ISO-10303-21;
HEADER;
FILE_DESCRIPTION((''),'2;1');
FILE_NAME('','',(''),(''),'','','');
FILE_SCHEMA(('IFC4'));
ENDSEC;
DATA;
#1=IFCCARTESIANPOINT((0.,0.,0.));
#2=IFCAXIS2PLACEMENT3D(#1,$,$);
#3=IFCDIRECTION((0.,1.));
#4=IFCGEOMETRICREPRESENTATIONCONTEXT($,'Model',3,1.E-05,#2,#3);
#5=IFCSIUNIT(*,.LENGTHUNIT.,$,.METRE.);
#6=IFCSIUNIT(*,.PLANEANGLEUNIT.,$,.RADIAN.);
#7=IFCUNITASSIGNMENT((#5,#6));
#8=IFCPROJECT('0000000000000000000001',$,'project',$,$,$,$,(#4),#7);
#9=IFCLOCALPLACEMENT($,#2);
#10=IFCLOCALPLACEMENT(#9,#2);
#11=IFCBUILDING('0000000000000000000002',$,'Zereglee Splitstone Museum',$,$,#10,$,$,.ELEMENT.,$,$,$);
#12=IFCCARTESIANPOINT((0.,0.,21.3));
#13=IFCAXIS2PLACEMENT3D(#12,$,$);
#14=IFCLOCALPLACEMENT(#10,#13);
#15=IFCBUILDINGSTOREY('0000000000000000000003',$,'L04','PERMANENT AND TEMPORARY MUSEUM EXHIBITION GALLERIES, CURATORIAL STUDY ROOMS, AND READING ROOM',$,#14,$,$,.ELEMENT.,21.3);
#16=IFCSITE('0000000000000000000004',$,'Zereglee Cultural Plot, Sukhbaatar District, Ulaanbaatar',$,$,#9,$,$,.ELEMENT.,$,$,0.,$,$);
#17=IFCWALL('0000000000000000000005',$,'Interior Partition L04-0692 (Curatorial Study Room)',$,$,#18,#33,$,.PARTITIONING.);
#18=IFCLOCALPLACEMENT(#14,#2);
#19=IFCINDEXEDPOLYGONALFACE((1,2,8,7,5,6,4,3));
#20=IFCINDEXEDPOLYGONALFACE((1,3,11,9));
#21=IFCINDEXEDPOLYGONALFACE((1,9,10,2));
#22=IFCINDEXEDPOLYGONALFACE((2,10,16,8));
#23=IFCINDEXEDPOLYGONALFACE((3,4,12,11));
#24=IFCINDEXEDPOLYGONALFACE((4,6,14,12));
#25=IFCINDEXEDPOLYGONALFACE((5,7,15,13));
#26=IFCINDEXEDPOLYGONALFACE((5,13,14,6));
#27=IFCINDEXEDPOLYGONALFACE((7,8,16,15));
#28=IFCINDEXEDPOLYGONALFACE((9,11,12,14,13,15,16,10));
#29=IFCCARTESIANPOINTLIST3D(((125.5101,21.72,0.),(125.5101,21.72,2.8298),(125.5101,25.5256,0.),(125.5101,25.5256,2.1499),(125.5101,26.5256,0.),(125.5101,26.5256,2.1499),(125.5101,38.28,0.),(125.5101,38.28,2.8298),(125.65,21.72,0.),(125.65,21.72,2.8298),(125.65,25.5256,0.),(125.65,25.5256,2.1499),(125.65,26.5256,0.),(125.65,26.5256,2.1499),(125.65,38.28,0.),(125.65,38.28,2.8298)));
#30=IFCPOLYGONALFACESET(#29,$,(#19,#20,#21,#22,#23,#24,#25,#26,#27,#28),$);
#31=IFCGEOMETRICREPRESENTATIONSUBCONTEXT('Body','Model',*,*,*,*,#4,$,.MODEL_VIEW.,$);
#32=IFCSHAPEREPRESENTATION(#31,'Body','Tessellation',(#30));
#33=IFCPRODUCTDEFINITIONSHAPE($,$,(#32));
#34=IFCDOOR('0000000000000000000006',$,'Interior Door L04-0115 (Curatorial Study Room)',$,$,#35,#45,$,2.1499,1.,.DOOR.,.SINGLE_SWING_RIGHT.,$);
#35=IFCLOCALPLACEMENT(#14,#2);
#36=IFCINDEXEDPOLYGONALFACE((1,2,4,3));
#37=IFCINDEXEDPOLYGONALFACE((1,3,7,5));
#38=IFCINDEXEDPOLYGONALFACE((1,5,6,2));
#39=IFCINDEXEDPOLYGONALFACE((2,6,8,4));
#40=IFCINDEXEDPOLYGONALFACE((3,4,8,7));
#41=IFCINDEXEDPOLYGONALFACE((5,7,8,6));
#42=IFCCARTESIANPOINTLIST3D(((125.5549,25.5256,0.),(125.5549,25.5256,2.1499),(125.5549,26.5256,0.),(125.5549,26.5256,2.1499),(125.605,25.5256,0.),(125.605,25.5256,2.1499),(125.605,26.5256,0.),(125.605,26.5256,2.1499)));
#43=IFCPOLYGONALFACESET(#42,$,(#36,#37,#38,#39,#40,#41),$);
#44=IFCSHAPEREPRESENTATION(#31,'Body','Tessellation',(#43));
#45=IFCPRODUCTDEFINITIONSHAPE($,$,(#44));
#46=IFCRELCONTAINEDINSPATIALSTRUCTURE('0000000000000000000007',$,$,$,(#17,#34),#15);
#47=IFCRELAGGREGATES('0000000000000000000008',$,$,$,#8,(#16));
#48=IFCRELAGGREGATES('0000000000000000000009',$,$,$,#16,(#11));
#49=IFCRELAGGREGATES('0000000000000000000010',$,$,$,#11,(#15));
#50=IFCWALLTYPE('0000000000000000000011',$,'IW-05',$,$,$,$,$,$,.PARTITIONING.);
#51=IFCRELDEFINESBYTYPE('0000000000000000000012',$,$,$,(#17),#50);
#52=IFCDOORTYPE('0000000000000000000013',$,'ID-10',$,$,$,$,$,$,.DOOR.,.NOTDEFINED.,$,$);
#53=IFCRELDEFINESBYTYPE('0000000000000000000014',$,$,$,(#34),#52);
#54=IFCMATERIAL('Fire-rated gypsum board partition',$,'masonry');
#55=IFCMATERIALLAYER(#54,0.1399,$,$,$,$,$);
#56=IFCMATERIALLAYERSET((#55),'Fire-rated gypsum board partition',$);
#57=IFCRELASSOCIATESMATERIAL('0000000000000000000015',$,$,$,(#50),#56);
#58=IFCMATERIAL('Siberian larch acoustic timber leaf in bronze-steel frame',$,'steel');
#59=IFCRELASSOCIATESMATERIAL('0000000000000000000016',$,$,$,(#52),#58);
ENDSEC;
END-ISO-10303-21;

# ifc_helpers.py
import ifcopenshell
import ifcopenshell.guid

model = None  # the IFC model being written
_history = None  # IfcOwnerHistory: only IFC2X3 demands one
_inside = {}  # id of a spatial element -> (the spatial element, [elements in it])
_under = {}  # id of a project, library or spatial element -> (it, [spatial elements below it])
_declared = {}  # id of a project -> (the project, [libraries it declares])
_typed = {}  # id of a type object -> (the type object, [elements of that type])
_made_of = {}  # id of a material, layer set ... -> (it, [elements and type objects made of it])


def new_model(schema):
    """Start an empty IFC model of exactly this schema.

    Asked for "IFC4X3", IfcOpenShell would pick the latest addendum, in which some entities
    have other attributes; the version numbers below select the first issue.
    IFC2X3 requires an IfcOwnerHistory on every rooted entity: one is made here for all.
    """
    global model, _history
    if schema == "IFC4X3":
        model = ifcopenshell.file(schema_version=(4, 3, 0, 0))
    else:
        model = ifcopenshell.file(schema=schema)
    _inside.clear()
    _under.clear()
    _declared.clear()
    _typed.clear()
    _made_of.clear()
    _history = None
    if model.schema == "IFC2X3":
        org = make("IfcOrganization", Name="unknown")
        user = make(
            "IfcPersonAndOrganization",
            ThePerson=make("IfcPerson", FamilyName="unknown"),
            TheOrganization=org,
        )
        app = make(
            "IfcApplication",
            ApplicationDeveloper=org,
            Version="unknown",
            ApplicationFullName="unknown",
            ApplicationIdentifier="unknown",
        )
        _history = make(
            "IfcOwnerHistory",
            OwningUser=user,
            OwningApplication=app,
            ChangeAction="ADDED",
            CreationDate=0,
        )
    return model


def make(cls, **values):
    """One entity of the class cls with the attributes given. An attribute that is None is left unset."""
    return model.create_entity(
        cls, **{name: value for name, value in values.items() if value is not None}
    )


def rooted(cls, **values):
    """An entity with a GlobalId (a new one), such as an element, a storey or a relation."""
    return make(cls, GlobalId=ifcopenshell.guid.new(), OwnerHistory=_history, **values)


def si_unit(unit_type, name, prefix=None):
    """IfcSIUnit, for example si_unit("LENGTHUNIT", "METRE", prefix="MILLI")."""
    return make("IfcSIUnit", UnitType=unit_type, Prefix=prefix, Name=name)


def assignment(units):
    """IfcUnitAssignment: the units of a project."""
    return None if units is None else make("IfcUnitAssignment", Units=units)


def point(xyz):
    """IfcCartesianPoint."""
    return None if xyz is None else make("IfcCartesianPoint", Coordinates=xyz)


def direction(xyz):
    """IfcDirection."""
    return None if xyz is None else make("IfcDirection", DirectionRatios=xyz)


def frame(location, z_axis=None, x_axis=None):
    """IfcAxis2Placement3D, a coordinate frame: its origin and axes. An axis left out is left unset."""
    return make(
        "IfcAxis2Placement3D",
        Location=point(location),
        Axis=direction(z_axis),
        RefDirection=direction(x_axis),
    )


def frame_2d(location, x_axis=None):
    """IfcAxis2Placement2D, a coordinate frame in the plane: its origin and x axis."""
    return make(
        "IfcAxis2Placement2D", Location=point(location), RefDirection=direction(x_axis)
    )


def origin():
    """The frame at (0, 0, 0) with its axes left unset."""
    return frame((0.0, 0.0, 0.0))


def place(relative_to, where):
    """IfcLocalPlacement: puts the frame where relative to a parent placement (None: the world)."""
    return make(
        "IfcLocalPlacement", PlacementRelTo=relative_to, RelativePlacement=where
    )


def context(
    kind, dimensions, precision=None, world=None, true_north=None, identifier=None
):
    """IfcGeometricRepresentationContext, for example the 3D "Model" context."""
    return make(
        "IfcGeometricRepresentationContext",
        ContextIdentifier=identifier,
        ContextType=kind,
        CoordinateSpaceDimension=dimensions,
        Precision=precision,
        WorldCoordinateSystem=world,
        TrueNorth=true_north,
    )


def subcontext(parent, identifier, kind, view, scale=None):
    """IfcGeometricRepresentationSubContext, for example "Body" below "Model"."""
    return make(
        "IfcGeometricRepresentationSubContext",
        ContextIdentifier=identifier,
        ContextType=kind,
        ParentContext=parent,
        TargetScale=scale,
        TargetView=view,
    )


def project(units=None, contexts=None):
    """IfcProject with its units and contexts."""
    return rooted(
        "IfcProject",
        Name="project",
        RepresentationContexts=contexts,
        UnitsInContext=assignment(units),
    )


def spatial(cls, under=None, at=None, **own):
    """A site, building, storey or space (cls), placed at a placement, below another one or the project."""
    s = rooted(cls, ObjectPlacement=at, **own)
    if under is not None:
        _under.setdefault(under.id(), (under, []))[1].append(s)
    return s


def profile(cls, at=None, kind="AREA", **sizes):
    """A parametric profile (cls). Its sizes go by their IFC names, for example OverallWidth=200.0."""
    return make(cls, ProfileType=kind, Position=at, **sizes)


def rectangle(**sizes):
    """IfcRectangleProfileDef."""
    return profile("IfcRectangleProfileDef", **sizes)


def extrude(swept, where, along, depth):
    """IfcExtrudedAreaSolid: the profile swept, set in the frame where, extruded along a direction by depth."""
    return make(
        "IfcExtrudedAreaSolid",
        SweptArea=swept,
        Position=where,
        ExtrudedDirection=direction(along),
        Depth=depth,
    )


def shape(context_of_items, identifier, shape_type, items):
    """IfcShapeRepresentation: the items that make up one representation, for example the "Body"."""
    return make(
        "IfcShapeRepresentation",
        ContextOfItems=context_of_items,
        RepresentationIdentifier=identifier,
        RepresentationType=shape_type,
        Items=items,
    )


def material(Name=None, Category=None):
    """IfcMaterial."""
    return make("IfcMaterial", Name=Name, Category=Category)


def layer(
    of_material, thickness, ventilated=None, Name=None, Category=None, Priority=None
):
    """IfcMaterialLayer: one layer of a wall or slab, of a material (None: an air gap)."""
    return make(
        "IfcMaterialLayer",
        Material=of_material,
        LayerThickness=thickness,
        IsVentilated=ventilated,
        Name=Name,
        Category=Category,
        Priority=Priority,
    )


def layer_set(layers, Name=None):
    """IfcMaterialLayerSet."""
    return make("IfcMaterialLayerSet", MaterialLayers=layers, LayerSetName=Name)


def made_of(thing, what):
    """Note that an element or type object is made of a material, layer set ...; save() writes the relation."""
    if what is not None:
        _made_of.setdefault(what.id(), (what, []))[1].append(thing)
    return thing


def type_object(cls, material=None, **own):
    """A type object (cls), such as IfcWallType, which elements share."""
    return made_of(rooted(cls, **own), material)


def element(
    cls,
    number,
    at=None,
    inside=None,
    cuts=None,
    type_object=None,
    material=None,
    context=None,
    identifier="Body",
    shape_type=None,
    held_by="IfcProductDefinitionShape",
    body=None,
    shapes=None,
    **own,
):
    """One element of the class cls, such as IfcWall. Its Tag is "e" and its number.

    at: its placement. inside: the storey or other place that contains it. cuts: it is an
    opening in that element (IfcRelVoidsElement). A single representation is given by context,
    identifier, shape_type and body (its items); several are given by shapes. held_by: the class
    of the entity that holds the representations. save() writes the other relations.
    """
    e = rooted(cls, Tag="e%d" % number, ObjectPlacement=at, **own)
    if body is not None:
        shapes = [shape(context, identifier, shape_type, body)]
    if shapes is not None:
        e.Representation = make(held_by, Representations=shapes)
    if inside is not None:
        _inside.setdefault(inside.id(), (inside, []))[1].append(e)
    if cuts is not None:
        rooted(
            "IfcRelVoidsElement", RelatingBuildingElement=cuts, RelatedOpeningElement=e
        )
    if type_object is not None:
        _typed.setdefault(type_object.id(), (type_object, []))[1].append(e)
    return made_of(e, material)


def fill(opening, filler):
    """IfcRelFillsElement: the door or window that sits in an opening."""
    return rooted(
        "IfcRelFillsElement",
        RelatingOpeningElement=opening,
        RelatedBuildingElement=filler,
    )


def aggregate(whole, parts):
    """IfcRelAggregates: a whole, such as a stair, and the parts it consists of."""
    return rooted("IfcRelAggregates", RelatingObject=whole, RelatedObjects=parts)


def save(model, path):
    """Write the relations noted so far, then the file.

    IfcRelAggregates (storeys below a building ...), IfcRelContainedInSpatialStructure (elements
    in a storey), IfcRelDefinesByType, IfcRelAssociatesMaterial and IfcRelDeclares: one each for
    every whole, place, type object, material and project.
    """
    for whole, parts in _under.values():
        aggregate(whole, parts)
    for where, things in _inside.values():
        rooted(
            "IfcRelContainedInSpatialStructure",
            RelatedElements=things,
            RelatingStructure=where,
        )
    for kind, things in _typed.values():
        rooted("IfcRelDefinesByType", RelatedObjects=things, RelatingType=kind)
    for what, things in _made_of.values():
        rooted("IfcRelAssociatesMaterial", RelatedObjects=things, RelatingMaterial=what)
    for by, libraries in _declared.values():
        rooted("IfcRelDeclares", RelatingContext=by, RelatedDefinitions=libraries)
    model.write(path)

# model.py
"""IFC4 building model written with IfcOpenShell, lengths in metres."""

from ifc_helpers import new_model, si_unit, direction, frame, frame_2d, origin, place, context, subcontext, project, spatial, rectangle, extrude, material, layer, layer_set, type_object, element, fill, save


model = new_model("IFC4")

# Units and contexts
model_context = context("Model", 3, precision=1e-05, world=origin(), true_north=direction((0.0, 1.0)))
body_context = subcontext(model_context, "Body", "Model", "MODEL_VIEW")
ifc_project = project(units=[si_unit("LENGTHUNIT", "METRE"), si_unit("PLANEANGLEUNIT", "RADIAN")], contexts=[model_context])

# Site, building, storey
site_placement = place(None, origin())
site = spatial("IfcSite", under=ifc_project, at=site_placement, Name="Zereglee Cultural Plot, Sukhbaatar District, Ulaanbaatar", CompositionType="ELEMENT", RefElevation=0.0)
building_placement = place(site_placement, origin())
building = spatial("IfcBuilding", under=site, at=building_placement, Name="Zereglee Splitstone Museum", CompositionType="ELEMENT")
storey_placement = place(building_placement, frame((0.0, 0.0, 21.3)))
storey = spatial("IfcBuildingStorey", under=building, at=storey_placement, Name="L04", Description="PERMANENT AND TEMPORARY MUSEUM EXHIBITION GALLERIES, CURATORIAL STUDY ROOMS, AND READING ROOM", CompositionType="ELEMENT", Elevation=21.3)

# Wall, opening, door
ifc_material_1 = material(Name="Fire-rated gypsum board partition", Category="masonry")
ifc_layer_1 = layer(ifc_material_1, 0.1399)
ifc_layer_set_1 = layer_set([ifc_layer_1], Name="Fire-rated gypsum board partition")
wall_type = type_object("IfcWallType", Name="IW-05", PredefinedType="PARTITIONING", material=ifc_layer_set_1)
wall_placement = place(storey_placement, frame((125.5801, 21.72, 0.0), z_axis=(0.0, 0.0, 1.0), x_axis=(0.0, 1.0, 0.0)))
wall = element("IfcWall", 1, at=wall_placement, inside=storey, type_object=wall_type, Name="Interior Partition L04-0692 (Curatorial Study Room)", PredefinedType="PARTITIONING", context=body_context, shape_type="SweptSolid", body=[
    extrude(rectangle(XDim=16.5601, YDim=0.1399, at=frame_2d((8.28, 0.0))), origin(), (0.0, 0.0, 1.0), 2.8298),
])
opening_placement = place(wall_placement, frame((3.8057, 0.0, 0.0)))
opening = element("IfcOpeningElement", 2, at=opening_placement, cuts=wall, PredefinedType="OPENING", context=body_context, shape_type="SweptSolid", body=[
    extrude(rectangle(XDim=1.0, YDim=2.1499, at=frame_2d((0.5, 1.075))), frame((0.0, 0.085, 0.0), z_axis=(0.0, -1.0, 0.0), x_axis=(1.0, 0.0, 0.0)), (0.0, 0.0, 1.0), 0.1697),
])
ifc_material_2 = material(Name="Siberian larch acoustic timber leaf in bronze-steel frame", Category="steel")
door_type = type_object("IfcDoorType", Name="ID-10", OperationType="NOTDEFINED", PredefinedType="DOOR", material=ifc_material_2)
door_placement = place(opening_placement, frame((1.0, 0.0, 0.0), z_axis=(0.0, 0.0, 1.0), x_axis=(-1.0, 0.0, 0.0)))
door = element("IfcDoor", 3, at=door_placement, inside=storey, type_object=door_type, Name="Interior Door L04-0115 (Curatorial Study Room)", OperationType="SINGLE_SWING_RIGHT", OverallHeight=2.1499, OverallWidth=1.0, PredefinedType="DOOR", context=body_context, shape_type="SweptSolid", body=[
    extrude(rectangle(XDim=1.0, YDim=2.1499, at=frame_2d((0.5, 1.075))), frame((0.0, 0.0249, 0.0), z_axis=(0.0, -1.0, 0.0), x_axis=(1.0, 0.0, 0.0)), (0.0, 0.0, 1.0), 0.05),
])
fill(opening, door)

save(model, "model.ifc")
